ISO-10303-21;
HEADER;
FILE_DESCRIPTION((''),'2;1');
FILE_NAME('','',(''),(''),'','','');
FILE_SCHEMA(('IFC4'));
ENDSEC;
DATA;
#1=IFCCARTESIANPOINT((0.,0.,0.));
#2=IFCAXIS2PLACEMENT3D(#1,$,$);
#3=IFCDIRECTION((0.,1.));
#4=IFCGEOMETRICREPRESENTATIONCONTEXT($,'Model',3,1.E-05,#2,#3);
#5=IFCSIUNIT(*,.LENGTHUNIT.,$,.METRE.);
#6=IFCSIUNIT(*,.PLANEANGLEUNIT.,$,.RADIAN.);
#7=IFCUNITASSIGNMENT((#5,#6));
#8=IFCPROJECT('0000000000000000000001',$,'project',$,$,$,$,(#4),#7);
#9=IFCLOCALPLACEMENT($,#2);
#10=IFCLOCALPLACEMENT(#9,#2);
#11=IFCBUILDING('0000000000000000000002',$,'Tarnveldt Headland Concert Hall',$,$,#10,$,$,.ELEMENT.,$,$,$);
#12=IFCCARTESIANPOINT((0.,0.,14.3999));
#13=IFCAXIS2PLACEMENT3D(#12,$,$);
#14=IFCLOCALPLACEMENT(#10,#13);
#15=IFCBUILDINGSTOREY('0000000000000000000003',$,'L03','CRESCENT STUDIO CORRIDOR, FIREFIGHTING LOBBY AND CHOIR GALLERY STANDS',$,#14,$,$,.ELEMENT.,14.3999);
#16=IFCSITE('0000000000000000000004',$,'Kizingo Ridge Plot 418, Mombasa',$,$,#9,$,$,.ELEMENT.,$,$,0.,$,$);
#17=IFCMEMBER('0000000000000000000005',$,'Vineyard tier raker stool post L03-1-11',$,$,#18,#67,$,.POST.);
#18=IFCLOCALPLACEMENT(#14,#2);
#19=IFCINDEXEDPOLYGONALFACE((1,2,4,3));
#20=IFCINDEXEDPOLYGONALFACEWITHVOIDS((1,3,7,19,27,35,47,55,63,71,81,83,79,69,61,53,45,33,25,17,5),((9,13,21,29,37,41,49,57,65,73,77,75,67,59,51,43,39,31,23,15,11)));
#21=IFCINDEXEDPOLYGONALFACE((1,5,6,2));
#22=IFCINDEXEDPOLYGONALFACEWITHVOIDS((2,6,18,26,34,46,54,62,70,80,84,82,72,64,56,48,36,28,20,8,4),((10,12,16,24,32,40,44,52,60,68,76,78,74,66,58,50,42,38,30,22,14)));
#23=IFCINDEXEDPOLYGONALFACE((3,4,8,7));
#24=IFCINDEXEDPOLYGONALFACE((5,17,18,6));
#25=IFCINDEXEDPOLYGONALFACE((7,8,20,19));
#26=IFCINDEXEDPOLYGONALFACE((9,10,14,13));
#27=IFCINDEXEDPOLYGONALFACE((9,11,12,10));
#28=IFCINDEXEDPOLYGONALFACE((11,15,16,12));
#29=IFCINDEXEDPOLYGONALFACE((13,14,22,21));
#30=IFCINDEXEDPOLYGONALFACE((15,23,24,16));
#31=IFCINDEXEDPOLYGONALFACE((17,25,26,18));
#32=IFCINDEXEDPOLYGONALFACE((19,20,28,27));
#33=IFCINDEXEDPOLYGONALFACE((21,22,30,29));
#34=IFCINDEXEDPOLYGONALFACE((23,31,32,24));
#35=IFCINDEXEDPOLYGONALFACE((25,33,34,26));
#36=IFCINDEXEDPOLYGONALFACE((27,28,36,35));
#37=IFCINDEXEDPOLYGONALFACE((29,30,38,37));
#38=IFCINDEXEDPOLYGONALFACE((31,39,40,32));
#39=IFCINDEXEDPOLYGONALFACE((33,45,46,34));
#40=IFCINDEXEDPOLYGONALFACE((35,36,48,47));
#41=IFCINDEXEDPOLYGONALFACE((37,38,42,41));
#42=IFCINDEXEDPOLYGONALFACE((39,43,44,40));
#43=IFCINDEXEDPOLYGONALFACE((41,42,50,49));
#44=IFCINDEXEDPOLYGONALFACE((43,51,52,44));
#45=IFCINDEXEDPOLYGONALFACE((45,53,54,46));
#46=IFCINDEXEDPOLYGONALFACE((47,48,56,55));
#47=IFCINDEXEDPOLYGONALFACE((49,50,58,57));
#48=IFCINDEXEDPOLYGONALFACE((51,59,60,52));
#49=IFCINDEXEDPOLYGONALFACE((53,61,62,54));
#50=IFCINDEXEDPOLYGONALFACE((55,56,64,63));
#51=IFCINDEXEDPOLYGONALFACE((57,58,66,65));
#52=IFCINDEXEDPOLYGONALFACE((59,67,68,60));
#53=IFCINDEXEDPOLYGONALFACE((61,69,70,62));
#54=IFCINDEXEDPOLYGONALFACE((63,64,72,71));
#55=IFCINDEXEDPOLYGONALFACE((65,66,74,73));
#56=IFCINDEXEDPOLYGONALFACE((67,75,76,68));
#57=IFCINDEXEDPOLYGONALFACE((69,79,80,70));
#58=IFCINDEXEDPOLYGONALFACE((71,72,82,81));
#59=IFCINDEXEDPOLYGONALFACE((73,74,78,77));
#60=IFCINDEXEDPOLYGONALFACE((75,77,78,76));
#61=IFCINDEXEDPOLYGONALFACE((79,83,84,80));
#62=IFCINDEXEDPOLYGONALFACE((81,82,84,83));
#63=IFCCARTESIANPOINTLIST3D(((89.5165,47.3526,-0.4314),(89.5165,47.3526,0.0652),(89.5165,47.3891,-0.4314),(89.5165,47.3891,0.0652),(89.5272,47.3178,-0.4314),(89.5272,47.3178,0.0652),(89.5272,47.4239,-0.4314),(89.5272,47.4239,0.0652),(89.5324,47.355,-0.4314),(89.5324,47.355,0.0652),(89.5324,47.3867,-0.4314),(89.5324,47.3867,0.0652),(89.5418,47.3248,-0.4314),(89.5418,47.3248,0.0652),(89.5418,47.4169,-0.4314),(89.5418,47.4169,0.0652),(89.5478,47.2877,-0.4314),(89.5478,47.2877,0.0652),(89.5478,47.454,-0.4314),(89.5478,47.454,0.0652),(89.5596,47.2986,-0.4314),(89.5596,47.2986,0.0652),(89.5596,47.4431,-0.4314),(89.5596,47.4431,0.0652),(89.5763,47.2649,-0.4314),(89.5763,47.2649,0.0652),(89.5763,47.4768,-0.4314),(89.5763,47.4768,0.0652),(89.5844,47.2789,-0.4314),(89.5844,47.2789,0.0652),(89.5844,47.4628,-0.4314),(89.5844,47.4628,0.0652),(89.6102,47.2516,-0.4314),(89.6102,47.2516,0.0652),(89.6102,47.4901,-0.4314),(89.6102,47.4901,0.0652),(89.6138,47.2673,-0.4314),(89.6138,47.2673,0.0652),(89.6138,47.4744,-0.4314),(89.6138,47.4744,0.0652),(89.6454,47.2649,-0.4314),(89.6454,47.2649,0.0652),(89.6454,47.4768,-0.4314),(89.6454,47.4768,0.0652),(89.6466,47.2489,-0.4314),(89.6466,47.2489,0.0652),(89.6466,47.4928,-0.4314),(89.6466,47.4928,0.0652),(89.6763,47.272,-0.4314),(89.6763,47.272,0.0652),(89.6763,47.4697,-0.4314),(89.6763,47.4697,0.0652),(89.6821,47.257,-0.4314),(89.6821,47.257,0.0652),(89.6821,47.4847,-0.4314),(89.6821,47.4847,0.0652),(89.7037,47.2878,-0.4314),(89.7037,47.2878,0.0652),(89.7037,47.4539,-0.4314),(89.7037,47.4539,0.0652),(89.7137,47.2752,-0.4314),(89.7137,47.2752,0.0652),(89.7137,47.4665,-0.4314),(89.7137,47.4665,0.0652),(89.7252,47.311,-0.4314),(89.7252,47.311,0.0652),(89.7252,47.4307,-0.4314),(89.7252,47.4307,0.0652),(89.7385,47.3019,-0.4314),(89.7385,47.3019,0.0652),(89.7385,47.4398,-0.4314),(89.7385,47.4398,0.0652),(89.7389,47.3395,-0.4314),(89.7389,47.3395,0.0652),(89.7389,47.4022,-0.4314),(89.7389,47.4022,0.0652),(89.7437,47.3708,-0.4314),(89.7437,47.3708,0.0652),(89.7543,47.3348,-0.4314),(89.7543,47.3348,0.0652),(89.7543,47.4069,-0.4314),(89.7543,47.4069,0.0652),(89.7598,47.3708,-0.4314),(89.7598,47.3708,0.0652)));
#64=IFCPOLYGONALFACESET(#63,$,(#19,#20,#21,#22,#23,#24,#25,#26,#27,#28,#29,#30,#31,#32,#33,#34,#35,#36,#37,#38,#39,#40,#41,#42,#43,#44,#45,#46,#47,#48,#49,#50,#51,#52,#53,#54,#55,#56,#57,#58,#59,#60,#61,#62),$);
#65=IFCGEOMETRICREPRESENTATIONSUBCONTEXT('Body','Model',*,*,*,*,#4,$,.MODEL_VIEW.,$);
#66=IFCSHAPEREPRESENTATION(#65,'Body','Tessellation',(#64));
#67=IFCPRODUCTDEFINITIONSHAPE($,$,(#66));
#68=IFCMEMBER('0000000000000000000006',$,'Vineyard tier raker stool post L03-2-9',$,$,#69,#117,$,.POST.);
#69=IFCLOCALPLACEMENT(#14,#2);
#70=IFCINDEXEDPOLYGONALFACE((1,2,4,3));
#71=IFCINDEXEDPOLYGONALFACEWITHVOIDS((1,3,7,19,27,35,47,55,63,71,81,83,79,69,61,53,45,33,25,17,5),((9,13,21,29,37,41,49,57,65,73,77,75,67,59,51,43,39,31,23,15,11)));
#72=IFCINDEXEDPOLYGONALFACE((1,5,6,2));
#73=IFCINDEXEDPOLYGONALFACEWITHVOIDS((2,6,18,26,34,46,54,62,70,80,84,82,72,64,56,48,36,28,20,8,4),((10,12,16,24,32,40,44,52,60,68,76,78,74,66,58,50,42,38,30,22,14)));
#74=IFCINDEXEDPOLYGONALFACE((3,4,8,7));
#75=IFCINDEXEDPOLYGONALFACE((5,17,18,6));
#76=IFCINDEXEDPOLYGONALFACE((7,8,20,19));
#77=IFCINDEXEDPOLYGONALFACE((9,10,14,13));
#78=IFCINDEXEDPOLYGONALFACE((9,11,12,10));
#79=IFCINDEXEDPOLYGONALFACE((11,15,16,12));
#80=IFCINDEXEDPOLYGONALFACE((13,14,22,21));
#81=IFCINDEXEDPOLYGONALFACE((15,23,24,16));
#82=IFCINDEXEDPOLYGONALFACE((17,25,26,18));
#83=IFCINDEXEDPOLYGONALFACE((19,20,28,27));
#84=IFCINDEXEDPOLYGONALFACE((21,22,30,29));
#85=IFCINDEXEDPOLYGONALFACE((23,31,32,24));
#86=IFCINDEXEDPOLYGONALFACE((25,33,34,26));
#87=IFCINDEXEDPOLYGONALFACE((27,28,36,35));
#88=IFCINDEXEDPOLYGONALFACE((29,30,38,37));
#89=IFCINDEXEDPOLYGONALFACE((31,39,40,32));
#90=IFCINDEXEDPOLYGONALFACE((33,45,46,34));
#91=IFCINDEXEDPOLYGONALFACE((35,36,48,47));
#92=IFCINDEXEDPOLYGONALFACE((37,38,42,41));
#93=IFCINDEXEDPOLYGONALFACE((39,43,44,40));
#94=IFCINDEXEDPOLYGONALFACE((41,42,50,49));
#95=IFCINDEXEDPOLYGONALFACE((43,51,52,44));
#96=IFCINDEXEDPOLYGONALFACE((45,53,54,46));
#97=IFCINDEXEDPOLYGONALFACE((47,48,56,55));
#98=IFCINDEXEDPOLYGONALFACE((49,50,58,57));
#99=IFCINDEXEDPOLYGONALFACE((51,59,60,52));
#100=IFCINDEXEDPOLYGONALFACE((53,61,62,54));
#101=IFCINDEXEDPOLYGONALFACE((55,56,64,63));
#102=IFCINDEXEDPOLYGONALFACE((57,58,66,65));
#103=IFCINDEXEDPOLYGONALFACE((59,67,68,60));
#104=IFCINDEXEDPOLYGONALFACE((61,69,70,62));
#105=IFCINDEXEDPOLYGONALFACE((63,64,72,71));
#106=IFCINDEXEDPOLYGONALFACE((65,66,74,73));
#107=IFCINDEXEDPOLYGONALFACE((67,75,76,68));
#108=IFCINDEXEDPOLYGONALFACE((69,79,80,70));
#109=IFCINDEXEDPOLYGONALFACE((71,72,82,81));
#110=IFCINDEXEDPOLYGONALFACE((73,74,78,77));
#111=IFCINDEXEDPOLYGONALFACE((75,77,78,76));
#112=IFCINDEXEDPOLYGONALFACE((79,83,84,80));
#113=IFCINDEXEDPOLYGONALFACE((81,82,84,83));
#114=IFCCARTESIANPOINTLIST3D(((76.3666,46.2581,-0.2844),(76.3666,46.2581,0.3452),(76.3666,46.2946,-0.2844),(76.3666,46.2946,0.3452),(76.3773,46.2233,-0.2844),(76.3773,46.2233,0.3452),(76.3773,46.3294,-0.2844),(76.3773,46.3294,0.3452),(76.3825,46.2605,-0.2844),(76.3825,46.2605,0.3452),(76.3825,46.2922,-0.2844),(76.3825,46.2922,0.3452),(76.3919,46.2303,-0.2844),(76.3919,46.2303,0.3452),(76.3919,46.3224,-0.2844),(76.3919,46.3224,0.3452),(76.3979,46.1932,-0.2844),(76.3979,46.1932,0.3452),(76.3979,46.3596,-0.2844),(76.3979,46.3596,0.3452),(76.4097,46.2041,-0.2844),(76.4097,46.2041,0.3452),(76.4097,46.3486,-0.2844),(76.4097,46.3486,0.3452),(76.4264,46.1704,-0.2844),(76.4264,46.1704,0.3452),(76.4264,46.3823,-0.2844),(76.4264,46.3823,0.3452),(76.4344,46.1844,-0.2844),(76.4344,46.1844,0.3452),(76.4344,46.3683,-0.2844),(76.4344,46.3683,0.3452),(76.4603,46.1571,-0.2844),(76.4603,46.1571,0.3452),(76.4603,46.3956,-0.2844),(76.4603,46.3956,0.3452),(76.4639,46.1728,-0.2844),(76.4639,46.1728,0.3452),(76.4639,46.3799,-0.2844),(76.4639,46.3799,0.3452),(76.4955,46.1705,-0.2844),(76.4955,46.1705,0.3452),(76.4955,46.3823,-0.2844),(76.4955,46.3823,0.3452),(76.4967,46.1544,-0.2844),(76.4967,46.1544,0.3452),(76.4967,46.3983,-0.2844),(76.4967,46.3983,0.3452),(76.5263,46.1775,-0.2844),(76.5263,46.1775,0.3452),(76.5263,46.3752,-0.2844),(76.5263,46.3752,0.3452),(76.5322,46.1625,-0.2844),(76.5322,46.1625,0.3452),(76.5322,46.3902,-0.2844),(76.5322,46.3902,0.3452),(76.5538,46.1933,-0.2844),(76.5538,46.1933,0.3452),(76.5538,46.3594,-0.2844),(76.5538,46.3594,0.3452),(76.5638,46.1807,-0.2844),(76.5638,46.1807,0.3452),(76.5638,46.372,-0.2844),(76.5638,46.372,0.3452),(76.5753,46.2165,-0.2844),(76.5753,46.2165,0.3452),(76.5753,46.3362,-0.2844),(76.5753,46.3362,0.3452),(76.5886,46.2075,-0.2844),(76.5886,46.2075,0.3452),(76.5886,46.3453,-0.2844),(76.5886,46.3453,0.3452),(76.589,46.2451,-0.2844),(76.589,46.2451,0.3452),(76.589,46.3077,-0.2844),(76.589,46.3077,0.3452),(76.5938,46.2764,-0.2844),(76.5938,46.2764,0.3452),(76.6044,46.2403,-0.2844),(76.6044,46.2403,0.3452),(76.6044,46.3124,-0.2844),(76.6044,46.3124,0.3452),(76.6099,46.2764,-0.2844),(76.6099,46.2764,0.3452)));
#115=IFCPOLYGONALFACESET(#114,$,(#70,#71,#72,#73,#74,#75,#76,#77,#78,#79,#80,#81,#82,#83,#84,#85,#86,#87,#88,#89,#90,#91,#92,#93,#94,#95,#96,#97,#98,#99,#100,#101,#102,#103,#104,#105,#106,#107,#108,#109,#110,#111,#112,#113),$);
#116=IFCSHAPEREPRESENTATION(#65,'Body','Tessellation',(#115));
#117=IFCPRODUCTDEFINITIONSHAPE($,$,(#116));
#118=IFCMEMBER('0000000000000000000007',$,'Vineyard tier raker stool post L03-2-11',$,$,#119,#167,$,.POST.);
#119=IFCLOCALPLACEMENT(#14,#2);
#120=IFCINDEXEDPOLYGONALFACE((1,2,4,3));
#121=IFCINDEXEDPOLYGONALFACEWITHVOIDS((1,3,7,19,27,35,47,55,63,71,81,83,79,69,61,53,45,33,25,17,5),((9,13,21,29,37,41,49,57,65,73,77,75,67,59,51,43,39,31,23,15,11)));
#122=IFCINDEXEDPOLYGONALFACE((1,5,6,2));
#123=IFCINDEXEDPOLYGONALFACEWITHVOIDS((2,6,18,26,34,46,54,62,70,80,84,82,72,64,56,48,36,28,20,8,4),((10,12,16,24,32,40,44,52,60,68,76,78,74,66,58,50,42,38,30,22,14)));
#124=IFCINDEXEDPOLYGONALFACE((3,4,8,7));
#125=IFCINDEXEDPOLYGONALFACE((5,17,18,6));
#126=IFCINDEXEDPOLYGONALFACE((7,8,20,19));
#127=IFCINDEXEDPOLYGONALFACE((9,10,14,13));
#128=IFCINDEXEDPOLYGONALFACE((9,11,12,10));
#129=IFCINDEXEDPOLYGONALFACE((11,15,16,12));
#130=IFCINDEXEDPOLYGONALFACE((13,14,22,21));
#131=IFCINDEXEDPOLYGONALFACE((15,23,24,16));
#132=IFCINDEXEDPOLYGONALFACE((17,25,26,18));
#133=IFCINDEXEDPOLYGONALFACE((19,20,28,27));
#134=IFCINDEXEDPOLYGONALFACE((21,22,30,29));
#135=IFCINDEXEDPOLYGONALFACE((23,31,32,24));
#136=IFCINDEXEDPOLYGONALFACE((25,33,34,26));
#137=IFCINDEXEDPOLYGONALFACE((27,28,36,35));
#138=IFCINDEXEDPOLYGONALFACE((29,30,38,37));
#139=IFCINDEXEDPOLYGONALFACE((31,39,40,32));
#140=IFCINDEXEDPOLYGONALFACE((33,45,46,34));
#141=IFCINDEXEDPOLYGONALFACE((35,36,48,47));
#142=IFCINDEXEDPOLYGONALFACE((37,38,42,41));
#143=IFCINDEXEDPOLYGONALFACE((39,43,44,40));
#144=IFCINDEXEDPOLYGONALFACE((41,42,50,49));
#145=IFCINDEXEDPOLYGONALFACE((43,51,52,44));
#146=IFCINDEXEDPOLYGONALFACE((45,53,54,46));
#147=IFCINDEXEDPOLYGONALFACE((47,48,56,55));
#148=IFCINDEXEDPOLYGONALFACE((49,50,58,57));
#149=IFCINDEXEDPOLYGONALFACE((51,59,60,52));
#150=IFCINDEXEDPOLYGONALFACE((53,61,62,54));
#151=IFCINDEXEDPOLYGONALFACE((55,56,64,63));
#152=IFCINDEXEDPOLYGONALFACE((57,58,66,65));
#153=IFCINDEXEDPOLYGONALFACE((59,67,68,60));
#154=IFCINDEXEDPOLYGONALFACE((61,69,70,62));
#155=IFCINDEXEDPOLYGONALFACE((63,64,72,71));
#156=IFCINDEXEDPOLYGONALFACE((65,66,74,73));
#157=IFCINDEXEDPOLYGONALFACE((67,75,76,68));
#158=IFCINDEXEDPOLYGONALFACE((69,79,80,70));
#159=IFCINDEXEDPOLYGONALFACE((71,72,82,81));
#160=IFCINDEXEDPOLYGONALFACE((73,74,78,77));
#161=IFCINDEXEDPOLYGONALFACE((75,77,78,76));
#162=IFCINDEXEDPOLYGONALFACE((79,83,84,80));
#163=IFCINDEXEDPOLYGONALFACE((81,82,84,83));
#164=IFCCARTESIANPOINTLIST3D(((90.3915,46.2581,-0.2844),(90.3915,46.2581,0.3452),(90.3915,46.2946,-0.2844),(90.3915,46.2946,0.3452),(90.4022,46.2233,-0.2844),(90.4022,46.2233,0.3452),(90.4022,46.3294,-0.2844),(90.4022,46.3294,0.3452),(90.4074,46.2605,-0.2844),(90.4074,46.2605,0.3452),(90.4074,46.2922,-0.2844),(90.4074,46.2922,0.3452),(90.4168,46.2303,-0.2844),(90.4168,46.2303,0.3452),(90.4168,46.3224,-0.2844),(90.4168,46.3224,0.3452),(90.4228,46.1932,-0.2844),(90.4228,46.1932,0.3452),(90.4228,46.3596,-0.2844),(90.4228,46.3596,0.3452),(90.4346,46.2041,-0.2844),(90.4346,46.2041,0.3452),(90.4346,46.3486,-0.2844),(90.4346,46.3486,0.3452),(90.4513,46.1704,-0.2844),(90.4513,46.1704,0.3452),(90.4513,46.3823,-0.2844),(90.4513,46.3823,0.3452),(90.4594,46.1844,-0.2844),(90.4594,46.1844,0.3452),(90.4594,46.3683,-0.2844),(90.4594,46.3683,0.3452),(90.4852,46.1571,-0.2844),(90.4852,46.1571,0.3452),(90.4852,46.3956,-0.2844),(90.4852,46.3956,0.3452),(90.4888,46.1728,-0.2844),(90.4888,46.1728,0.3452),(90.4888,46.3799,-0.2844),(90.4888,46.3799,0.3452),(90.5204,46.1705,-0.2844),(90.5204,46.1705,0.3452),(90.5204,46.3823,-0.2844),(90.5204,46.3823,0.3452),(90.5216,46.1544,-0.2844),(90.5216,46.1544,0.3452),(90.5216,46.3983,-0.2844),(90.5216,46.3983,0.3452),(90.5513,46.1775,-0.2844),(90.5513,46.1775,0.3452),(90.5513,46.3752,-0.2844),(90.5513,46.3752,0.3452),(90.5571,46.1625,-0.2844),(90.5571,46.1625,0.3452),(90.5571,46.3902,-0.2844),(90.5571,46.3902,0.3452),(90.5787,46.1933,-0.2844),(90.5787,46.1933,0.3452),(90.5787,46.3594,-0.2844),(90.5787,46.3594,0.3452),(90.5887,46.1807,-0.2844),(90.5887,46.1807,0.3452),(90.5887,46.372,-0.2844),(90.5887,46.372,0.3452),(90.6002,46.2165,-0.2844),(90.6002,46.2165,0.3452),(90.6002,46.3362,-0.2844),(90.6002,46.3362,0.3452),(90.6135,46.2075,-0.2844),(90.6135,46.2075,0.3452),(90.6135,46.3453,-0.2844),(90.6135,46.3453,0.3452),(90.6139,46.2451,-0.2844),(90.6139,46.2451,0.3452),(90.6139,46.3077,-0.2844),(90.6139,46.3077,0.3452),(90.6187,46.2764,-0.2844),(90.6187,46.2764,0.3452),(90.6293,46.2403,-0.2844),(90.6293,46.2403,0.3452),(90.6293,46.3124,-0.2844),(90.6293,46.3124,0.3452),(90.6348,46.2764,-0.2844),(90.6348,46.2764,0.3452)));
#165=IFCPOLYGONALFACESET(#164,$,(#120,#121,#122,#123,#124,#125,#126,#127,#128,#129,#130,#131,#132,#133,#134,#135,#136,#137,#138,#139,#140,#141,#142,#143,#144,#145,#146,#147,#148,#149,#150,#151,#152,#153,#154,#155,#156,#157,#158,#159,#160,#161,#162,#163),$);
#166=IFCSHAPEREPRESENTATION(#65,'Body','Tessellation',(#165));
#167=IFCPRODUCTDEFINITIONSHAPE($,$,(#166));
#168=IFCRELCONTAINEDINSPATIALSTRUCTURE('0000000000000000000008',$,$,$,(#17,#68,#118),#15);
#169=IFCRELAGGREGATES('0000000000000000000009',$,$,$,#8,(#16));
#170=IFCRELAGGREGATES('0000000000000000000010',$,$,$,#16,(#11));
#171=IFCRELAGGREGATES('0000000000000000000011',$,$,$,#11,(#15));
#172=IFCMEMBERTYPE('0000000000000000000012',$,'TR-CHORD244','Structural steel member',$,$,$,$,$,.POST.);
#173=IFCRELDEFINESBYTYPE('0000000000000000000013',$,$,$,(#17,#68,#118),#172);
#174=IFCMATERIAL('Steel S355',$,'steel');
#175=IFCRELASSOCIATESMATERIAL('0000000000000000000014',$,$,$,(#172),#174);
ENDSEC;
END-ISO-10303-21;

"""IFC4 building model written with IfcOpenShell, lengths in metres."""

from ifc_helpers import new_model, si_unit, direction, frame, origin, origin_2d, place, context, subcontext, project, spatial, hollow_circle, extrude, material, material_profile, profile_set, type_object, element, save


model = new_model("IFC4")

# Units and contexts
model_context = context("Model", 3, precision=1e-05, world=origin(), true_north=direction((0.0, 1.0)))
body_context = subcontext(model_context, "Body", "Model", "MODEL_VIEW")
ifc_project = project(units=[si_unit("LENGTHUNIT", "METRE"), si_unit("PLANEANGLEUNIT", "RADIAN")], contexts=[model_context])

# Site, building, storey
site_placement = place(None, origin())
site = spatial("IfcSite", under=ifc_project, at=site_placement, Name="Kizingo Ridge Plot 418, Mombasa", CompositionType="ELEMENT", RefElevation=0.0)
building_placement = place(site_placement, origin())
building = spatial("IfcBuilding", under=site, at=building_placement, Name="Tarnveldt Headland Concert Hall", CompositionType="ELEMENT")
storey_placement = place(building_placement, frame((0.0, 0.0, 14.3999)))
storey = spatial("IfcBuildingStorey", under=building, at=storey_placement, Name="L03", Description="CRESCENT STUDIO CORRIDOR, FIREFIGHTING LOBBY AND CHOIR GALLERY STANDS", CompositionType="ELEMENT", Elevation=14.3999)

# Shared definitions
ifc_material_1 = material(Name="Steel S355", Category="steel")

# Members
ifc_material_profile_1 = material_profile(ifc_material_1, hollow_circle(Radius=0.1223, WallThickness=0.0161, at=origin_2d()), Name="CHS 244.5x16", Category="steel")
ifc_profile_set_1 = profile_set([ifc_material_profile_1], Name="Steel S355")
member_type = type_object("IfcMemberType", Name="TR-CHORD244", Description="Structural steel member", PredefinedType="POST", material=ifc_profile_set_1)
for number, where, z_axis, x_axis, name in (
    (1, (89.6375, 47.3708, -0.4314), (0.0, 0.0, 1.0), (1.0, 0.0, 0.0), "Vineyard tier raker stool post L03-1-11"),
):
    element("IfcMember", number, at=place(storey_placement, frame(where, z_axis=z_axis, x_axis=x_axis)), inside=storey, type_object=member_type, Name=name, PredefinedType="POST", context=body_context, shape_type="SweptSolid", body=[
        extrude(hollow_circle(Radius=0.1223, WallThickness=0.0161, at=origin_2d()), origin(), (0.0, 0.0, 1.0), 0.4966),
    ])
for number, where, z_axis, x_axis, name in (
    (2, (76.4875, 46.2764, -0.2844), (0.0, 0.0, 1.0), (1.0, 0.0, 0.0), "Vineyard tier raker stool post L03-2-9"),
    (3, (90.5125, 46.2764, -0.2844), (0.0, 0.0, 1.0), (1.0, 0.0, 0.0), "Vineyard tier raker stool post L03-2-11"),
):
    element("IfcMember", number, at=place(storey_placement, frame(where, z_axis=z_axis, x_axis=x_axis)), inside=storey, type_object=member_type, Name=name, PredefinedType="POST", context=body_context, shape_type="SweptSolid", body=[
        extrude(hollow_circle(Radius=0.1223, WallThickness=0.0161, at=origin_2d()), origin(), (0.0, 0.0, 1.0), 0.6296),
    ])

save(model, "model.ifc")
